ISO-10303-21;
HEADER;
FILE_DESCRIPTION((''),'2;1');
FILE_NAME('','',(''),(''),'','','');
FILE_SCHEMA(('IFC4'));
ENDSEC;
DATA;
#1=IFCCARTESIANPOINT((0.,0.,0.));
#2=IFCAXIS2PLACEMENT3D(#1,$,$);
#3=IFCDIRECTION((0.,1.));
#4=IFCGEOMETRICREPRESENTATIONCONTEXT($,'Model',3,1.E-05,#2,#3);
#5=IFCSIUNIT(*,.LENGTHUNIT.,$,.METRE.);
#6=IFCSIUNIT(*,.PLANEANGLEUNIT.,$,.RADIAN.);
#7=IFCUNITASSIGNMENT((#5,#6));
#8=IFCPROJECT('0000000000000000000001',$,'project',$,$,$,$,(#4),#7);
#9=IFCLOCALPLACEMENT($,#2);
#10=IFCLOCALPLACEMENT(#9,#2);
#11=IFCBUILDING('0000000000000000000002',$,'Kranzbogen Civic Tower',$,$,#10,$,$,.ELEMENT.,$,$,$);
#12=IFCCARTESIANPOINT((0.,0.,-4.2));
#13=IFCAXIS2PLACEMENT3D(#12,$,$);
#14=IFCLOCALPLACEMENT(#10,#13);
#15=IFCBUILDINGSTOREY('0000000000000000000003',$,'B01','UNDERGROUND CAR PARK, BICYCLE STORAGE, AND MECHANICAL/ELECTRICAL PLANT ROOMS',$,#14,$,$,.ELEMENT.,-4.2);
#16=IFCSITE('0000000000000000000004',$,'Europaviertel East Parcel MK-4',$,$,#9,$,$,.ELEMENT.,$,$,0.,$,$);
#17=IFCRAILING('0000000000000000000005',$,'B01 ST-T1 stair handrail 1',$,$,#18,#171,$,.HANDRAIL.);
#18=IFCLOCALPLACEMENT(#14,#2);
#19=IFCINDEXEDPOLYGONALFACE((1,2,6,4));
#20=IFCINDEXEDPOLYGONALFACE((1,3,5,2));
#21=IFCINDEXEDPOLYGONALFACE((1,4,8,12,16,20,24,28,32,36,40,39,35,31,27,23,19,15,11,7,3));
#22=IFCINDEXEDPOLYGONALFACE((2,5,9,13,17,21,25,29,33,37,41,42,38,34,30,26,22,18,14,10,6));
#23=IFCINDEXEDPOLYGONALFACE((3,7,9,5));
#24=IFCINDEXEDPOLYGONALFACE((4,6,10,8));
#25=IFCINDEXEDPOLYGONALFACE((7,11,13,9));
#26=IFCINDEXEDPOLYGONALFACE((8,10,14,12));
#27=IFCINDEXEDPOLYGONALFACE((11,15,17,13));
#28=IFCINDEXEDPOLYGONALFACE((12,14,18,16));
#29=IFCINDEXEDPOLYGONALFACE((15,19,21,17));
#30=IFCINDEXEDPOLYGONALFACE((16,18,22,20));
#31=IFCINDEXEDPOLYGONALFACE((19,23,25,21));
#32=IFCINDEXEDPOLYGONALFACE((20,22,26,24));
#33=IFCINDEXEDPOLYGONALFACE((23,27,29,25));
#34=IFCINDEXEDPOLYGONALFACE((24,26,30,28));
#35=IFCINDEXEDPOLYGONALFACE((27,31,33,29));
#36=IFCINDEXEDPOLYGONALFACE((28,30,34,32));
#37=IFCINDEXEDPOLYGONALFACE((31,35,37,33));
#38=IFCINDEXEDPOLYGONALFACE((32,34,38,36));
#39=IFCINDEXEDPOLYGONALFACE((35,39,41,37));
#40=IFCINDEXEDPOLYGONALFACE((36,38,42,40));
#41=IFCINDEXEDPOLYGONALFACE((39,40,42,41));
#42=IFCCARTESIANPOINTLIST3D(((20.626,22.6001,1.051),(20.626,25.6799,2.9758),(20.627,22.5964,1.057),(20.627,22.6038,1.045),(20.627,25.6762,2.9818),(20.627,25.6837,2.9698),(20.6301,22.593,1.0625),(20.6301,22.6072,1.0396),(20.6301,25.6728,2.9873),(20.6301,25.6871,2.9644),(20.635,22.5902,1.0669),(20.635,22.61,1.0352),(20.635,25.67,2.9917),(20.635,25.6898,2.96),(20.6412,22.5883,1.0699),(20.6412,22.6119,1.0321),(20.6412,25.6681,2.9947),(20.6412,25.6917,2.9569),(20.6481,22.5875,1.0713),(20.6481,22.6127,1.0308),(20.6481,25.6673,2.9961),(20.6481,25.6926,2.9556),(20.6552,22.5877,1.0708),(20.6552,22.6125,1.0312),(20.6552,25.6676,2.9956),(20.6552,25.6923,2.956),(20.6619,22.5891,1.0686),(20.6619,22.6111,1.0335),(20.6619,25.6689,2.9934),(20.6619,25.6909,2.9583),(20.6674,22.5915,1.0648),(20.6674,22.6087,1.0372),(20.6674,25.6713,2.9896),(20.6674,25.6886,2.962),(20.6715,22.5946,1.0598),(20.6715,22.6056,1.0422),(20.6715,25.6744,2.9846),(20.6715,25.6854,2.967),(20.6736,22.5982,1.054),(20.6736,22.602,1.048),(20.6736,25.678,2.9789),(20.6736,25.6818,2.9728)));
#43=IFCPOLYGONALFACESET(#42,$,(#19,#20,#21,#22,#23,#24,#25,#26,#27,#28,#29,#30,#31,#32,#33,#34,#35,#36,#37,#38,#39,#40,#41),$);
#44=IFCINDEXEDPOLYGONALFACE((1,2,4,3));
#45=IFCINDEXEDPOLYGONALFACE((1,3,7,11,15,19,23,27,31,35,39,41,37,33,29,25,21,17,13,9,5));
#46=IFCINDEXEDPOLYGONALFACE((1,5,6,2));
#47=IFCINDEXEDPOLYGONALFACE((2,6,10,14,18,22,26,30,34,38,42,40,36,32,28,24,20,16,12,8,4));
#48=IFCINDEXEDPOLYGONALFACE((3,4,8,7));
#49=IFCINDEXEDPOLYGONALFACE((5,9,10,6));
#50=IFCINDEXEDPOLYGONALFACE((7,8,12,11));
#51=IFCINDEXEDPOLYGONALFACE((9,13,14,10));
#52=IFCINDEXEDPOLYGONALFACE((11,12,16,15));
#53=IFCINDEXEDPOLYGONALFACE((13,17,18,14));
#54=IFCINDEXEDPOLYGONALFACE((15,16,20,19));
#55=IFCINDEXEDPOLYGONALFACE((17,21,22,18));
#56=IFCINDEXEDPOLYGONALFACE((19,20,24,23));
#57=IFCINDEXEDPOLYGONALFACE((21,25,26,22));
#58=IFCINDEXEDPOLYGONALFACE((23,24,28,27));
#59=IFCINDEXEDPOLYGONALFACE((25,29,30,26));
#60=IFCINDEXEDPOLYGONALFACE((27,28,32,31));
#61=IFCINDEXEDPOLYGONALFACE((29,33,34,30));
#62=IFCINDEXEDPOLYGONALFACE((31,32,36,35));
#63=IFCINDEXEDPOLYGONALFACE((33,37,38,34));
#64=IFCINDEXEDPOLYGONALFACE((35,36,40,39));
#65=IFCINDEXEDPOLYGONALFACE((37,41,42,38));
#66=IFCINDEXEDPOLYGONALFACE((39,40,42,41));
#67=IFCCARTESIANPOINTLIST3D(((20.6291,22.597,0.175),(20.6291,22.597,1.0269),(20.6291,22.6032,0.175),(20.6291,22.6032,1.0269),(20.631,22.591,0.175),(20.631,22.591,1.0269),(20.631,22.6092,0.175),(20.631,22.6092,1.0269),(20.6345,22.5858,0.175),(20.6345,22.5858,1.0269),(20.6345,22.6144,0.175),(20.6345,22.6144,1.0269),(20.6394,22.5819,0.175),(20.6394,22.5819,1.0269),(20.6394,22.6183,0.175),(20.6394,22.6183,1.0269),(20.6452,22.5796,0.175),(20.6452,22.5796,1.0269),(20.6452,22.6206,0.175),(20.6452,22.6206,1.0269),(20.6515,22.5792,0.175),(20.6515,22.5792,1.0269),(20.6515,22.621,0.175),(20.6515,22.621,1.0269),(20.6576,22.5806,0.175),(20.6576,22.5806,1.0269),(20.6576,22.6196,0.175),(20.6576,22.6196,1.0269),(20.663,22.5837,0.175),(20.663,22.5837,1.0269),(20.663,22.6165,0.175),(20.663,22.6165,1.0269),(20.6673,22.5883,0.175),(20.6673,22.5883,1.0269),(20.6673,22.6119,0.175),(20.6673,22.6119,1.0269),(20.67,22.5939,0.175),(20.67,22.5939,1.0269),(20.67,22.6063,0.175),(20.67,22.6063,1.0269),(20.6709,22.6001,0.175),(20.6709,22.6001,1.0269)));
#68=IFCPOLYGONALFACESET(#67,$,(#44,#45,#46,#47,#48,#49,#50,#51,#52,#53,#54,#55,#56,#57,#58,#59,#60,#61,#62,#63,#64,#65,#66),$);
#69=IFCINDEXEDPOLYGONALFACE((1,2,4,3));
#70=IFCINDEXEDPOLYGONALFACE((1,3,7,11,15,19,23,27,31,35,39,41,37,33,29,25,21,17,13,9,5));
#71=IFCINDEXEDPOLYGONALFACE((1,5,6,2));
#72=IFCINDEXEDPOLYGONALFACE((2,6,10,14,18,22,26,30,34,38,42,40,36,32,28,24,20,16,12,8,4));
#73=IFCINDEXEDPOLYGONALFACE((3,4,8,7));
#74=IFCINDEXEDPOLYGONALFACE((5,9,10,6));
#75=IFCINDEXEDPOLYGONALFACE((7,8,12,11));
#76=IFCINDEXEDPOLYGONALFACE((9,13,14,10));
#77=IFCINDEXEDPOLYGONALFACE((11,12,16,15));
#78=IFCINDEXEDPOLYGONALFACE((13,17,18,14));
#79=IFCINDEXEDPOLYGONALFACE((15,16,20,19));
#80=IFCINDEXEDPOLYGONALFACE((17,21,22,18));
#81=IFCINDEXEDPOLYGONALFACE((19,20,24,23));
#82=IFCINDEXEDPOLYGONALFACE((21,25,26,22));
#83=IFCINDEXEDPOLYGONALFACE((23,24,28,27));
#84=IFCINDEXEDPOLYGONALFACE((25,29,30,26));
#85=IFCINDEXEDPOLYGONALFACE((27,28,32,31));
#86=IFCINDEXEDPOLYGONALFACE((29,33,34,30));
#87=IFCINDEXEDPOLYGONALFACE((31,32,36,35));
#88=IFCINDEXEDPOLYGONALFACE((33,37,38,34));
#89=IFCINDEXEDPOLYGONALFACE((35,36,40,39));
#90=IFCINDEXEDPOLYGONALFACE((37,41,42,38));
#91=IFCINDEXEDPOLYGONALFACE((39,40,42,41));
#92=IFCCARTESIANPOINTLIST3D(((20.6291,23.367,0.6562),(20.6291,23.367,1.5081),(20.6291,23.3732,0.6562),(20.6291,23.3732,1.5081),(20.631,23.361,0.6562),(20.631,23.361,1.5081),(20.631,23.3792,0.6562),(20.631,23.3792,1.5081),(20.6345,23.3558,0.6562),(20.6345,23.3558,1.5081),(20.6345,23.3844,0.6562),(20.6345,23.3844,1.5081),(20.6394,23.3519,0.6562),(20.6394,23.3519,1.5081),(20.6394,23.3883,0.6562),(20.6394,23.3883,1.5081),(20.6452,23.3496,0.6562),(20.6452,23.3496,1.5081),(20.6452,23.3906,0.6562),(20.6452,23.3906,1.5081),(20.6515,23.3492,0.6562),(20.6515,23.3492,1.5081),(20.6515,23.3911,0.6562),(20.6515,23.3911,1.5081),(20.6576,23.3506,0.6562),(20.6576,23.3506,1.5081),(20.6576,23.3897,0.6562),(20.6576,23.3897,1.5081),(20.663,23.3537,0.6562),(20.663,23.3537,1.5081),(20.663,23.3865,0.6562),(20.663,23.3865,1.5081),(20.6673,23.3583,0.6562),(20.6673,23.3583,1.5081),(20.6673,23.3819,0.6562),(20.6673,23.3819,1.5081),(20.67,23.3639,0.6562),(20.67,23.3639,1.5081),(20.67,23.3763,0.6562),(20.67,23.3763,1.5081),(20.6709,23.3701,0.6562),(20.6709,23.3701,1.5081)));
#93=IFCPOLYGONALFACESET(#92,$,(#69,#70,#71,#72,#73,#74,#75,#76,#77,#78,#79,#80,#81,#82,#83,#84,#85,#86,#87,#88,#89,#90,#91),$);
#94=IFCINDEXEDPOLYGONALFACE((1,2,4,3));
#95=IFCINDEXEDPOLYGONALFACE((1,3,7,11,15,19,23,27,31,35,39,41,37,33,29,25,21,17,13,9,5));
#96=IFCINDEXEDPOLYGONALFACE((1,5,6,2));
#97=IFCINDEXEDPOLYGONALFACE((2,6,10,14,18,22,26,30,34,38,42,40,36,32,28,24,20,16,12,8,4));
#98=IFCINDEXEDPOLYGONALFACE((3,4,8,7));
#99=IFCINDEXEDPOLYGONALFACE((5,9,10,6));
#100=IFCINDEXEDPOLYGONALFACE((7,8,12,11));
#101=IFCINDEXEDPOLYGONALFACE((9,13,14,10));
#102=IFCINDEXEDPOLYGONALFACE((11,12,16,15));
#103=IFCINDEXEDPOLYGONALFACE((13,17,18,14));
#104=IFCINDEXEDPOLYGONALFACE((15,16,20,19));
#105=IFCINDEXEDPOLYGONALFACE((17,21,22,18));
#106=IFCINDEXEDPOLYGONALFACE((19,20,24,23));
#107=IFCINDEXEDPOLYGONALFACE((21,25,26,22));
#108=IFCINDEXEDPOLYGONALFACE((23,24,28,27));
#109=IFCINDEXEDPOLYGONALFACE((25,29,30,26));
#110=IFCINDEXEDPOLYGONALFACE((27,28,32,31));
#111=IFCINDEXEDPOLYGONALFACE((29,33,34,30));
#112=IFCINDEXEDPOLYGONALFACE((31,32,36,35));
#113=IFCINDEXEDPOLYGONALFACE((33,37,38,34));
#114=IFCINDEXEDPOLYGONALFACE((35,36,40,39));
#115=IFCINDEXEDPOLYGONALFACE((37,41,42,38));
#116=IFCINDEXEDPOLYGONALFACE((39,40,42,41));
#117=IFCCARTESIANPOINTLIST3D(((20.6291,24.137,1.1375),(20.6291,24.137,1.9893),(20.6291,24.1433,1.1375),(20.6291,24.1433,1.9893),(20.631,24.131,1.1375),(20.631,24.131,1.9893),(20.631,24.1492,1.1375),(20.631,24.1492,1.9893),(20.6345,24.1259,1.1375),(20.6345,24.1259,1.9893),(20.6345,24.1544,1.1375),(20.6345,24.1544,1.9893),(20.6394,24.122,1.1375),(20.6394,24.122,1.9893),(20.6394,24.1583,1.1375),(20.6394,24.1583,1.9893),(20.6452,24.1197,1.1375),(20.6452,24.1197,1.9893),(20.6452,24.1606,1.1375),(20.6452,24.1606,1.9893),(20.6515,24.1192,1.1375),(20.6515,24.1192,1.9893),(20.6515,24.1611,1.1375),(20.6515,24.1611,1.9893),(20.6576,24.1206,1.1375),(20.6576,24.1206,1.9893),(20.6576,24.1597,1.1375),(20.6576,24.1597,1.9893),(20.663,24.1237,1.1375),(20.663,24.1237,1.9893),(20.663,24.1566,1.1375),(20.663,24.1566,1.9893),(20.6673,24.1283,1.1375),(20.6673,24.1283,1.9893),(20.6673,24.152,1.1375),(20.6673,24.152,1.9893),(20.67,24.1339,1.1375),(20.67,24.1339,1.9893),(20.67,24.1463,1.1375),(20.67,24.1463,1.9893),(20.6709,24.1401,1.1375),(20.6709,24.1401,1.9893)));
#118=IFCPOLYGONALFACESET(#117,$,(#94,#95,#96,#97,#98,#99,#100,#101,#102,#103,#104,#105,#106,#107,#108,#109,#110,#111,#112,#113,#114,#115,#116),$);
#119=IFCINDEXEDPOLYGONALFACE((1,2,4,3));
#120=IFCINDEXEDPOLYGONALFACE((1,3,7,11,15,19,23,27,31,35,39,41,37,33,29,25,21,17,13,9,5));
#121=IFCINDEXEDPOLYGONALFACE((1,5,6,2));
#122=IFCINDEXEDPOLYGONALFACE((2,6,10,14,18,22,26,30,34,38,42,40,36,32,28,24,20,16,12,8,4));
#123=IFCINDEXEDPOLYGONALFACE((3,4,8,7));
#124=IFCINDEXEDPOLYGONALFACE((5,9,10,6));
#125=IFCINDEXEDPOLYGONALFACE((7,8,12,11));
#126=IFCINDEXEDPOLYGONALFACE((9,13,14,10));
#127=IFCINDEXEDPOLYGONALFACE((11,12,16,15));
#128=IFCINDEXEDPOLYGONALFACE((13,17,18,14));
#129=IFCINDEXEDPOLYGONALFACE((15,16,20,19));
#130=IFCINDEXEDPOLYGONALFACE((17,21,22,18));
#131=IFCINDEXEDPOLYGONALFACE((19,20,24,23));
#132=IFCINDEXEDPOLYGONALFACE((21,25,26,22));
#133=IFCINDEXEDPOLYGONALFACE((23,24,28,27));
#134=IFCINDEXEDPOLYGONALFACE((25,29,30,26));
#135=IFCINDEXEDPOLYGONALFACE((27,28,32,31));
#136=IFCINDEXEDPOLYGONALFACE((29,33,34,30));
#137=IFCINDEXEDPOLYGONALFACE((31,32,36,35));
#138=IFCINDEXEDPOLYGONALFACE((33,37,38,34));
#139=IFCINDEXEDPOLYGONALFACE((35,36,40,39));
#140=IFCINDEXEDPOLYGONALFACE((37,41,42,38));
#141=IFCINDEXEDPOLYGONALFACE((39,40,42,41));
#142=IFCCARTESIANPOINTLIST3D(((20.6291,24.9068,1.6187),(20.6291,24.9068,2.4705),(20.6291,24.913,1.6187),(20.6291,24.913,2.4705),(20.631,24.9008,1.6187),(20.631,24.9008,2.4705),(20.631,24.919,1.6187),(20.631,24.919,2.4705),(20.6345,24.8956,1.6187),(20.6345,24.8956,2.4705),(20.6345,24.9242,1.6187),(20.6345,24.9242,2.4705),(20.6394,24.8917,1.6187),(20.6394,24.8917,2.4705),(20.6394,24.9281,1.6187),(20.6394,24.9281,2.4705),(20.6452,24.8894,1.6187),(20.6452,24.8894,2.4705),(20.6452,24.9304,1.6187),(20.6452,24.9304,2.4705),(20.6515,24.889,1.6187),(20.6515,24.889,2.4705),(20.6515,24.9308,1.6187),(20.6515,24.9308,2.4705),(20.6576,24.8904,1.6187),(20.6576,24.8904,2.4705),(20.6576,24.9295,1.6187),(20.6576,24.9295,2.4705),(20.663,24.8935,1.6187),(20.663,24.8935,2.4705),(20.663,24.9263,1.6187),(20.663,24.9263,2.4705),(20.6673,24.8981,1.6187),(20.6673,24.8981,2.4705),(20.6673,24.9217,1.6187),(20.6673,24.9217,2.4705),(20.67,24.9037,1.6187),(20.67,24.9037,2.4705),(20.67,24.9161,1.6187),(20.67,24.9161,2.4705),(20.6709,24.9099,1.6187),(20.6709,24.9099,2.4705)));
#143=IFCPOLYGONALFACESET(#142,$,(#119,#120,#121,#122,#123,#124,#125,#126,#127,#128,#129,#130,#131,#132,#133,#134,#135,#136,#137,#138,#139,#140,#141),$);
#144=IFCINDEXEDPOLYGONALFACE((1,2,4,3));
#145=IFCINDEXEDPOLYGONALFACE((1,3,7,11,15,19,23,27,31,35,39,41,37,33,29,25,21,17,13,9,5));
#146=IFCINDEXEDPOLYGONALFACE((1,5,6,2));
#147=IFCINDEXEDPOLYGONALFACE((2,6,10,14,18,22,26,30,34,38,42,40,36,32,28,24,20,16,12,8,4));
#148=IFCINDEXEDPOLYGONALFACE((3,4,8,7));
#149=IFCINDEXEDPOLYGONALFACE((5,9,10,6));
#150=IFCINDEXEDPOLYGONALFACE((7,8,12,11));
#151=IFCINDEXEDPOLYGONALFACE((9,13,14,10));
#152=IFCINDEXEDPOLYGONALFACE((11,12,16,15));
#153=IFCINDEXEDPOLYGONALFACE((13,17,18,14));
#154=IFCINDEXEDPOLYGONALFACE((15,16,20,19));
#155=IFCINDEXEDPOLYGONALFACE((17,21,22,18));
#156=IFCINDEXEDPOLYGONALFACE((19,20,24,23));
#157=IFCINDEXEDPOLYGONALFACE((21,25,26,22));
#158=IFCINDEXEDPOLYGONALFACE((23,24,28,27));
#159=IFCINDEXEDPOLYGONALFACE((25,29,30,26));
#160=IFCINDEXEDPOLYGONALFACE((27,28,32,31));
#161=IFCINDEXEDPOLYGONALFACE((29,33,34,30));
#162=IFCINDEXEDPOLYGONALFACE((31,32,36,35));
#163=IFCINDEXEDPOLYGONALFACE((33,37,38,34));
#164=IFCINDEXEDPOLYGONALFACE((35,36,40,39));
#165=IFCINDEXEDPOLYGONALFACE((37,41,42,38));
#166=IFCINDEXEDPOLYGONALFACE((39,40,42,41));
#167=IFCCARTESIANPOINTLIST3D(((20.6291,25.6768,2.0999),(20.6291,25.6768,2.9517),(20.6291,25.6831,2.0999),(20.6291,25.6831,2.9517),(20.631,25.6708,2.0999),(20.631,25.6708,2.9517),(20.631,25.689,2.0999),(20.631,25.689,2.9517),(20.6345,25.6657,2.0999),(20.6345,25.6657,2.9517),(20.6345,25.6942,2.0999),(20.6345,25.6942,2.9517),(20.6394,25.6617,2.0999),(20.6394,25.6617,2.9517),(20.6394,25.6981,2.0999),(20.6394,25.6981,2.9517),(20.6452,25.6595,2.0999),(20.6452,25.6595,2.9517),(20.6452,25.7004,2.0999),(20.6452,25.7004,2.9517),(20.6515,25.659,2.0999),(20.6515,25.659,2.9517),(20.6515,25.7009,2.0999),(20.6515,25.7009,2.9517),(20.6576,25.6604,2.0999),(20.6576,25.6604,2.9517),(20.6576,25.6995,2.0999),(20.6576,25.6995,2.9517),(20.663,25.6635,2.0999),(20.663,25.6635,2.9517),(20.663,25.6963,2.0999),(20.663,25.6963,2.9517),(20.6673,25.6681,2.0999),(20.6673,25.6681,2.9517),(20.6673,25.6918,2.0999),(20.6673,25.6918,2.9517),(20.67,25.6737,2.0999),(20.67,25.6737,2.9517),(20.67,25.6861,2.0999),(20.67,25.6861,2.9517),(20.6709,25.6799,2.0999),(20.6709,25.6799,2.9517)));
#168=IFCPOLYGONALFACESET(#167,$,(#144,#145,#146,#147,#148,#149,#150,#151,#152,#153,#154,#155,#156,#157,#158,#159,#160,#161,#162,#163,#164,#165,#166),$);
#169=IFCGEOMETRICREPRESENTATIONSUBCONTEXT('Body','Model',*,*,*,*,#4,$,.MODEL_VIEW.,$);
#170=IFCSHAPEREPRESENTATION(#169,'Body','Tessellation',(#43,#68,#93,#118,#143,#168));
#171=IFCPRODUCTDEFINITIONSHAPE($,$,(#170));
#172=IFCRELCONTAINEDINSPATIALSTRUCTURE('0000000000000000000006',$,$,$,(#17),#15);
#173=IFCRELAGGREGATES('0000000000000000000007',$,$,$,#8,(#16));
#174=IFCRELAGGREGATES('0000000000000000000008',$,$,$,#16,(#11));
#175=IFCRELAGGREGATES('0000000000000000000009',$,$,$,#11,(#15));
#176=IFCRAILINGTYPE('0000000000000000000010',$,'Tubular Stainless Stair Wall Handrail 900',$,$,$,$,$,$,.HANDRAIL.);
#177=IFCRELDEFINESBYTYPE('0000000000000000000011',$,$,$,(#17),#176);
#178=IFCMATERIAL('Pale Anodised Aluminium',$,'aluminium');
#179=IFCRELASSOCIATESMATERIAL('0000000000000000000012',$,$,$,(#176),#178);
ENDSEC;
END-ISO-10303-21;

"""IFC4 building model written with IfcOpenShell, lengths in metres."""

from ifc_helpers import new_model, si_unit, direction, frame, origin, origin_2d, place, context, subcontext, project, spatial, circle, extrude, material, type_object, element, save


model = new_model("IFC4")

# Units and contexts
model_context = context("Model", 3, precision=1e-05, world=origin(), true_north=direction((0.0, 1.0)))
body_context = subcontext(model_context, "Body", "Model", "MODEL_VIEW")
ifc_project = project(units=[si_unit("LENGTHUNIT", "METRE"), si_unit("PLANEANGLEUNIT", "RADIAN")], contexts=[model_context])

# Site, building, storey
site_placement = place(None, origin())
site = spatial("IfcSite", under=ifc_project, at=site_placement, Name="Europaviertel East Parcel MK-4", CompositionType="ELEMENT", RefElevation=0.0)
building_placement = place(site_placement, origin())
building = spatial("IfcBuilding", under=site, at=building_placement, Name="Kranzbogen Civic Tower", CompositionType="ELEMENT")
storey_placement = place(building_placement, frame((0.0, 0.0, -4.2)))
storey = spatial("IfcBuildingStorey", under=building, at=storey_placement, Name="B01", Description="UNDERGROUND CAR PARK, BICYCLE STORAGE, AND MECHANICAL/ELECTRICAL PLANT ROOMS", CompositionType="ELEMENT", Elevation=-4.2)

# Railing
ifc_material_1 = material(Name="Pale Anodised Aluminium", Category="aluminium")
railing_type_1 = type_object("IfcRailingType", Name="Tubular Stainless Stair Wall Handrail 900", PredefinedType="HANDRAIL", material=ifc_material_1)
railing_1_placement = place(storey_placement, frame((20.6499, 22.6001, 0.175)))
element("IfcRailing", 1, at=railing_1_placement, inside=storey, type_object=railing_type_1, Name="B01 ST-T1 stair handrail 1", PredefinedType="HANDRAIL", context=body_context, shape_type="SweptSolid", body=[
    extrude(circle(Radius=0.0239, at=origin_2d()), frame((0.0, 0.0, 0.876), z_axis=(0.0, 0.84801, 0.529981), x_axis=(-1.0, 0.0, 0.0)), (0.0, 0.0, 1.0), 3.6318),
    extrude(circle(Radius=0.021, at=origin_2d()), origin(), (0.0, 0.0, 1.0), 0.8518),
    extrude(circle(Radius=0.021, at=origin_2d()), frame((0.0, 0.77, 0.4812)), (0.0, 0.0, 1.0), 0.8518),
    extrude(circle(Radius=0.021, at=origin_2d()), frame((0.0, 1.54, 0.9624)), (0.0, 0.0, 1.0), 0.8518),
    extrude(circle(Radius=0.021, at=origin_2d()), frame((0.0, 2.3098, 1.4436)), (0.0, 0.0, 1.0), 0.8518),
    extrude(circle(Radius=0.021, at=origin_2d()), frame((0.0, 3.0798, 1.9248)), (0.0, 0.0, 1.0), 0.8518),
])

save(model, "model.ifc")
